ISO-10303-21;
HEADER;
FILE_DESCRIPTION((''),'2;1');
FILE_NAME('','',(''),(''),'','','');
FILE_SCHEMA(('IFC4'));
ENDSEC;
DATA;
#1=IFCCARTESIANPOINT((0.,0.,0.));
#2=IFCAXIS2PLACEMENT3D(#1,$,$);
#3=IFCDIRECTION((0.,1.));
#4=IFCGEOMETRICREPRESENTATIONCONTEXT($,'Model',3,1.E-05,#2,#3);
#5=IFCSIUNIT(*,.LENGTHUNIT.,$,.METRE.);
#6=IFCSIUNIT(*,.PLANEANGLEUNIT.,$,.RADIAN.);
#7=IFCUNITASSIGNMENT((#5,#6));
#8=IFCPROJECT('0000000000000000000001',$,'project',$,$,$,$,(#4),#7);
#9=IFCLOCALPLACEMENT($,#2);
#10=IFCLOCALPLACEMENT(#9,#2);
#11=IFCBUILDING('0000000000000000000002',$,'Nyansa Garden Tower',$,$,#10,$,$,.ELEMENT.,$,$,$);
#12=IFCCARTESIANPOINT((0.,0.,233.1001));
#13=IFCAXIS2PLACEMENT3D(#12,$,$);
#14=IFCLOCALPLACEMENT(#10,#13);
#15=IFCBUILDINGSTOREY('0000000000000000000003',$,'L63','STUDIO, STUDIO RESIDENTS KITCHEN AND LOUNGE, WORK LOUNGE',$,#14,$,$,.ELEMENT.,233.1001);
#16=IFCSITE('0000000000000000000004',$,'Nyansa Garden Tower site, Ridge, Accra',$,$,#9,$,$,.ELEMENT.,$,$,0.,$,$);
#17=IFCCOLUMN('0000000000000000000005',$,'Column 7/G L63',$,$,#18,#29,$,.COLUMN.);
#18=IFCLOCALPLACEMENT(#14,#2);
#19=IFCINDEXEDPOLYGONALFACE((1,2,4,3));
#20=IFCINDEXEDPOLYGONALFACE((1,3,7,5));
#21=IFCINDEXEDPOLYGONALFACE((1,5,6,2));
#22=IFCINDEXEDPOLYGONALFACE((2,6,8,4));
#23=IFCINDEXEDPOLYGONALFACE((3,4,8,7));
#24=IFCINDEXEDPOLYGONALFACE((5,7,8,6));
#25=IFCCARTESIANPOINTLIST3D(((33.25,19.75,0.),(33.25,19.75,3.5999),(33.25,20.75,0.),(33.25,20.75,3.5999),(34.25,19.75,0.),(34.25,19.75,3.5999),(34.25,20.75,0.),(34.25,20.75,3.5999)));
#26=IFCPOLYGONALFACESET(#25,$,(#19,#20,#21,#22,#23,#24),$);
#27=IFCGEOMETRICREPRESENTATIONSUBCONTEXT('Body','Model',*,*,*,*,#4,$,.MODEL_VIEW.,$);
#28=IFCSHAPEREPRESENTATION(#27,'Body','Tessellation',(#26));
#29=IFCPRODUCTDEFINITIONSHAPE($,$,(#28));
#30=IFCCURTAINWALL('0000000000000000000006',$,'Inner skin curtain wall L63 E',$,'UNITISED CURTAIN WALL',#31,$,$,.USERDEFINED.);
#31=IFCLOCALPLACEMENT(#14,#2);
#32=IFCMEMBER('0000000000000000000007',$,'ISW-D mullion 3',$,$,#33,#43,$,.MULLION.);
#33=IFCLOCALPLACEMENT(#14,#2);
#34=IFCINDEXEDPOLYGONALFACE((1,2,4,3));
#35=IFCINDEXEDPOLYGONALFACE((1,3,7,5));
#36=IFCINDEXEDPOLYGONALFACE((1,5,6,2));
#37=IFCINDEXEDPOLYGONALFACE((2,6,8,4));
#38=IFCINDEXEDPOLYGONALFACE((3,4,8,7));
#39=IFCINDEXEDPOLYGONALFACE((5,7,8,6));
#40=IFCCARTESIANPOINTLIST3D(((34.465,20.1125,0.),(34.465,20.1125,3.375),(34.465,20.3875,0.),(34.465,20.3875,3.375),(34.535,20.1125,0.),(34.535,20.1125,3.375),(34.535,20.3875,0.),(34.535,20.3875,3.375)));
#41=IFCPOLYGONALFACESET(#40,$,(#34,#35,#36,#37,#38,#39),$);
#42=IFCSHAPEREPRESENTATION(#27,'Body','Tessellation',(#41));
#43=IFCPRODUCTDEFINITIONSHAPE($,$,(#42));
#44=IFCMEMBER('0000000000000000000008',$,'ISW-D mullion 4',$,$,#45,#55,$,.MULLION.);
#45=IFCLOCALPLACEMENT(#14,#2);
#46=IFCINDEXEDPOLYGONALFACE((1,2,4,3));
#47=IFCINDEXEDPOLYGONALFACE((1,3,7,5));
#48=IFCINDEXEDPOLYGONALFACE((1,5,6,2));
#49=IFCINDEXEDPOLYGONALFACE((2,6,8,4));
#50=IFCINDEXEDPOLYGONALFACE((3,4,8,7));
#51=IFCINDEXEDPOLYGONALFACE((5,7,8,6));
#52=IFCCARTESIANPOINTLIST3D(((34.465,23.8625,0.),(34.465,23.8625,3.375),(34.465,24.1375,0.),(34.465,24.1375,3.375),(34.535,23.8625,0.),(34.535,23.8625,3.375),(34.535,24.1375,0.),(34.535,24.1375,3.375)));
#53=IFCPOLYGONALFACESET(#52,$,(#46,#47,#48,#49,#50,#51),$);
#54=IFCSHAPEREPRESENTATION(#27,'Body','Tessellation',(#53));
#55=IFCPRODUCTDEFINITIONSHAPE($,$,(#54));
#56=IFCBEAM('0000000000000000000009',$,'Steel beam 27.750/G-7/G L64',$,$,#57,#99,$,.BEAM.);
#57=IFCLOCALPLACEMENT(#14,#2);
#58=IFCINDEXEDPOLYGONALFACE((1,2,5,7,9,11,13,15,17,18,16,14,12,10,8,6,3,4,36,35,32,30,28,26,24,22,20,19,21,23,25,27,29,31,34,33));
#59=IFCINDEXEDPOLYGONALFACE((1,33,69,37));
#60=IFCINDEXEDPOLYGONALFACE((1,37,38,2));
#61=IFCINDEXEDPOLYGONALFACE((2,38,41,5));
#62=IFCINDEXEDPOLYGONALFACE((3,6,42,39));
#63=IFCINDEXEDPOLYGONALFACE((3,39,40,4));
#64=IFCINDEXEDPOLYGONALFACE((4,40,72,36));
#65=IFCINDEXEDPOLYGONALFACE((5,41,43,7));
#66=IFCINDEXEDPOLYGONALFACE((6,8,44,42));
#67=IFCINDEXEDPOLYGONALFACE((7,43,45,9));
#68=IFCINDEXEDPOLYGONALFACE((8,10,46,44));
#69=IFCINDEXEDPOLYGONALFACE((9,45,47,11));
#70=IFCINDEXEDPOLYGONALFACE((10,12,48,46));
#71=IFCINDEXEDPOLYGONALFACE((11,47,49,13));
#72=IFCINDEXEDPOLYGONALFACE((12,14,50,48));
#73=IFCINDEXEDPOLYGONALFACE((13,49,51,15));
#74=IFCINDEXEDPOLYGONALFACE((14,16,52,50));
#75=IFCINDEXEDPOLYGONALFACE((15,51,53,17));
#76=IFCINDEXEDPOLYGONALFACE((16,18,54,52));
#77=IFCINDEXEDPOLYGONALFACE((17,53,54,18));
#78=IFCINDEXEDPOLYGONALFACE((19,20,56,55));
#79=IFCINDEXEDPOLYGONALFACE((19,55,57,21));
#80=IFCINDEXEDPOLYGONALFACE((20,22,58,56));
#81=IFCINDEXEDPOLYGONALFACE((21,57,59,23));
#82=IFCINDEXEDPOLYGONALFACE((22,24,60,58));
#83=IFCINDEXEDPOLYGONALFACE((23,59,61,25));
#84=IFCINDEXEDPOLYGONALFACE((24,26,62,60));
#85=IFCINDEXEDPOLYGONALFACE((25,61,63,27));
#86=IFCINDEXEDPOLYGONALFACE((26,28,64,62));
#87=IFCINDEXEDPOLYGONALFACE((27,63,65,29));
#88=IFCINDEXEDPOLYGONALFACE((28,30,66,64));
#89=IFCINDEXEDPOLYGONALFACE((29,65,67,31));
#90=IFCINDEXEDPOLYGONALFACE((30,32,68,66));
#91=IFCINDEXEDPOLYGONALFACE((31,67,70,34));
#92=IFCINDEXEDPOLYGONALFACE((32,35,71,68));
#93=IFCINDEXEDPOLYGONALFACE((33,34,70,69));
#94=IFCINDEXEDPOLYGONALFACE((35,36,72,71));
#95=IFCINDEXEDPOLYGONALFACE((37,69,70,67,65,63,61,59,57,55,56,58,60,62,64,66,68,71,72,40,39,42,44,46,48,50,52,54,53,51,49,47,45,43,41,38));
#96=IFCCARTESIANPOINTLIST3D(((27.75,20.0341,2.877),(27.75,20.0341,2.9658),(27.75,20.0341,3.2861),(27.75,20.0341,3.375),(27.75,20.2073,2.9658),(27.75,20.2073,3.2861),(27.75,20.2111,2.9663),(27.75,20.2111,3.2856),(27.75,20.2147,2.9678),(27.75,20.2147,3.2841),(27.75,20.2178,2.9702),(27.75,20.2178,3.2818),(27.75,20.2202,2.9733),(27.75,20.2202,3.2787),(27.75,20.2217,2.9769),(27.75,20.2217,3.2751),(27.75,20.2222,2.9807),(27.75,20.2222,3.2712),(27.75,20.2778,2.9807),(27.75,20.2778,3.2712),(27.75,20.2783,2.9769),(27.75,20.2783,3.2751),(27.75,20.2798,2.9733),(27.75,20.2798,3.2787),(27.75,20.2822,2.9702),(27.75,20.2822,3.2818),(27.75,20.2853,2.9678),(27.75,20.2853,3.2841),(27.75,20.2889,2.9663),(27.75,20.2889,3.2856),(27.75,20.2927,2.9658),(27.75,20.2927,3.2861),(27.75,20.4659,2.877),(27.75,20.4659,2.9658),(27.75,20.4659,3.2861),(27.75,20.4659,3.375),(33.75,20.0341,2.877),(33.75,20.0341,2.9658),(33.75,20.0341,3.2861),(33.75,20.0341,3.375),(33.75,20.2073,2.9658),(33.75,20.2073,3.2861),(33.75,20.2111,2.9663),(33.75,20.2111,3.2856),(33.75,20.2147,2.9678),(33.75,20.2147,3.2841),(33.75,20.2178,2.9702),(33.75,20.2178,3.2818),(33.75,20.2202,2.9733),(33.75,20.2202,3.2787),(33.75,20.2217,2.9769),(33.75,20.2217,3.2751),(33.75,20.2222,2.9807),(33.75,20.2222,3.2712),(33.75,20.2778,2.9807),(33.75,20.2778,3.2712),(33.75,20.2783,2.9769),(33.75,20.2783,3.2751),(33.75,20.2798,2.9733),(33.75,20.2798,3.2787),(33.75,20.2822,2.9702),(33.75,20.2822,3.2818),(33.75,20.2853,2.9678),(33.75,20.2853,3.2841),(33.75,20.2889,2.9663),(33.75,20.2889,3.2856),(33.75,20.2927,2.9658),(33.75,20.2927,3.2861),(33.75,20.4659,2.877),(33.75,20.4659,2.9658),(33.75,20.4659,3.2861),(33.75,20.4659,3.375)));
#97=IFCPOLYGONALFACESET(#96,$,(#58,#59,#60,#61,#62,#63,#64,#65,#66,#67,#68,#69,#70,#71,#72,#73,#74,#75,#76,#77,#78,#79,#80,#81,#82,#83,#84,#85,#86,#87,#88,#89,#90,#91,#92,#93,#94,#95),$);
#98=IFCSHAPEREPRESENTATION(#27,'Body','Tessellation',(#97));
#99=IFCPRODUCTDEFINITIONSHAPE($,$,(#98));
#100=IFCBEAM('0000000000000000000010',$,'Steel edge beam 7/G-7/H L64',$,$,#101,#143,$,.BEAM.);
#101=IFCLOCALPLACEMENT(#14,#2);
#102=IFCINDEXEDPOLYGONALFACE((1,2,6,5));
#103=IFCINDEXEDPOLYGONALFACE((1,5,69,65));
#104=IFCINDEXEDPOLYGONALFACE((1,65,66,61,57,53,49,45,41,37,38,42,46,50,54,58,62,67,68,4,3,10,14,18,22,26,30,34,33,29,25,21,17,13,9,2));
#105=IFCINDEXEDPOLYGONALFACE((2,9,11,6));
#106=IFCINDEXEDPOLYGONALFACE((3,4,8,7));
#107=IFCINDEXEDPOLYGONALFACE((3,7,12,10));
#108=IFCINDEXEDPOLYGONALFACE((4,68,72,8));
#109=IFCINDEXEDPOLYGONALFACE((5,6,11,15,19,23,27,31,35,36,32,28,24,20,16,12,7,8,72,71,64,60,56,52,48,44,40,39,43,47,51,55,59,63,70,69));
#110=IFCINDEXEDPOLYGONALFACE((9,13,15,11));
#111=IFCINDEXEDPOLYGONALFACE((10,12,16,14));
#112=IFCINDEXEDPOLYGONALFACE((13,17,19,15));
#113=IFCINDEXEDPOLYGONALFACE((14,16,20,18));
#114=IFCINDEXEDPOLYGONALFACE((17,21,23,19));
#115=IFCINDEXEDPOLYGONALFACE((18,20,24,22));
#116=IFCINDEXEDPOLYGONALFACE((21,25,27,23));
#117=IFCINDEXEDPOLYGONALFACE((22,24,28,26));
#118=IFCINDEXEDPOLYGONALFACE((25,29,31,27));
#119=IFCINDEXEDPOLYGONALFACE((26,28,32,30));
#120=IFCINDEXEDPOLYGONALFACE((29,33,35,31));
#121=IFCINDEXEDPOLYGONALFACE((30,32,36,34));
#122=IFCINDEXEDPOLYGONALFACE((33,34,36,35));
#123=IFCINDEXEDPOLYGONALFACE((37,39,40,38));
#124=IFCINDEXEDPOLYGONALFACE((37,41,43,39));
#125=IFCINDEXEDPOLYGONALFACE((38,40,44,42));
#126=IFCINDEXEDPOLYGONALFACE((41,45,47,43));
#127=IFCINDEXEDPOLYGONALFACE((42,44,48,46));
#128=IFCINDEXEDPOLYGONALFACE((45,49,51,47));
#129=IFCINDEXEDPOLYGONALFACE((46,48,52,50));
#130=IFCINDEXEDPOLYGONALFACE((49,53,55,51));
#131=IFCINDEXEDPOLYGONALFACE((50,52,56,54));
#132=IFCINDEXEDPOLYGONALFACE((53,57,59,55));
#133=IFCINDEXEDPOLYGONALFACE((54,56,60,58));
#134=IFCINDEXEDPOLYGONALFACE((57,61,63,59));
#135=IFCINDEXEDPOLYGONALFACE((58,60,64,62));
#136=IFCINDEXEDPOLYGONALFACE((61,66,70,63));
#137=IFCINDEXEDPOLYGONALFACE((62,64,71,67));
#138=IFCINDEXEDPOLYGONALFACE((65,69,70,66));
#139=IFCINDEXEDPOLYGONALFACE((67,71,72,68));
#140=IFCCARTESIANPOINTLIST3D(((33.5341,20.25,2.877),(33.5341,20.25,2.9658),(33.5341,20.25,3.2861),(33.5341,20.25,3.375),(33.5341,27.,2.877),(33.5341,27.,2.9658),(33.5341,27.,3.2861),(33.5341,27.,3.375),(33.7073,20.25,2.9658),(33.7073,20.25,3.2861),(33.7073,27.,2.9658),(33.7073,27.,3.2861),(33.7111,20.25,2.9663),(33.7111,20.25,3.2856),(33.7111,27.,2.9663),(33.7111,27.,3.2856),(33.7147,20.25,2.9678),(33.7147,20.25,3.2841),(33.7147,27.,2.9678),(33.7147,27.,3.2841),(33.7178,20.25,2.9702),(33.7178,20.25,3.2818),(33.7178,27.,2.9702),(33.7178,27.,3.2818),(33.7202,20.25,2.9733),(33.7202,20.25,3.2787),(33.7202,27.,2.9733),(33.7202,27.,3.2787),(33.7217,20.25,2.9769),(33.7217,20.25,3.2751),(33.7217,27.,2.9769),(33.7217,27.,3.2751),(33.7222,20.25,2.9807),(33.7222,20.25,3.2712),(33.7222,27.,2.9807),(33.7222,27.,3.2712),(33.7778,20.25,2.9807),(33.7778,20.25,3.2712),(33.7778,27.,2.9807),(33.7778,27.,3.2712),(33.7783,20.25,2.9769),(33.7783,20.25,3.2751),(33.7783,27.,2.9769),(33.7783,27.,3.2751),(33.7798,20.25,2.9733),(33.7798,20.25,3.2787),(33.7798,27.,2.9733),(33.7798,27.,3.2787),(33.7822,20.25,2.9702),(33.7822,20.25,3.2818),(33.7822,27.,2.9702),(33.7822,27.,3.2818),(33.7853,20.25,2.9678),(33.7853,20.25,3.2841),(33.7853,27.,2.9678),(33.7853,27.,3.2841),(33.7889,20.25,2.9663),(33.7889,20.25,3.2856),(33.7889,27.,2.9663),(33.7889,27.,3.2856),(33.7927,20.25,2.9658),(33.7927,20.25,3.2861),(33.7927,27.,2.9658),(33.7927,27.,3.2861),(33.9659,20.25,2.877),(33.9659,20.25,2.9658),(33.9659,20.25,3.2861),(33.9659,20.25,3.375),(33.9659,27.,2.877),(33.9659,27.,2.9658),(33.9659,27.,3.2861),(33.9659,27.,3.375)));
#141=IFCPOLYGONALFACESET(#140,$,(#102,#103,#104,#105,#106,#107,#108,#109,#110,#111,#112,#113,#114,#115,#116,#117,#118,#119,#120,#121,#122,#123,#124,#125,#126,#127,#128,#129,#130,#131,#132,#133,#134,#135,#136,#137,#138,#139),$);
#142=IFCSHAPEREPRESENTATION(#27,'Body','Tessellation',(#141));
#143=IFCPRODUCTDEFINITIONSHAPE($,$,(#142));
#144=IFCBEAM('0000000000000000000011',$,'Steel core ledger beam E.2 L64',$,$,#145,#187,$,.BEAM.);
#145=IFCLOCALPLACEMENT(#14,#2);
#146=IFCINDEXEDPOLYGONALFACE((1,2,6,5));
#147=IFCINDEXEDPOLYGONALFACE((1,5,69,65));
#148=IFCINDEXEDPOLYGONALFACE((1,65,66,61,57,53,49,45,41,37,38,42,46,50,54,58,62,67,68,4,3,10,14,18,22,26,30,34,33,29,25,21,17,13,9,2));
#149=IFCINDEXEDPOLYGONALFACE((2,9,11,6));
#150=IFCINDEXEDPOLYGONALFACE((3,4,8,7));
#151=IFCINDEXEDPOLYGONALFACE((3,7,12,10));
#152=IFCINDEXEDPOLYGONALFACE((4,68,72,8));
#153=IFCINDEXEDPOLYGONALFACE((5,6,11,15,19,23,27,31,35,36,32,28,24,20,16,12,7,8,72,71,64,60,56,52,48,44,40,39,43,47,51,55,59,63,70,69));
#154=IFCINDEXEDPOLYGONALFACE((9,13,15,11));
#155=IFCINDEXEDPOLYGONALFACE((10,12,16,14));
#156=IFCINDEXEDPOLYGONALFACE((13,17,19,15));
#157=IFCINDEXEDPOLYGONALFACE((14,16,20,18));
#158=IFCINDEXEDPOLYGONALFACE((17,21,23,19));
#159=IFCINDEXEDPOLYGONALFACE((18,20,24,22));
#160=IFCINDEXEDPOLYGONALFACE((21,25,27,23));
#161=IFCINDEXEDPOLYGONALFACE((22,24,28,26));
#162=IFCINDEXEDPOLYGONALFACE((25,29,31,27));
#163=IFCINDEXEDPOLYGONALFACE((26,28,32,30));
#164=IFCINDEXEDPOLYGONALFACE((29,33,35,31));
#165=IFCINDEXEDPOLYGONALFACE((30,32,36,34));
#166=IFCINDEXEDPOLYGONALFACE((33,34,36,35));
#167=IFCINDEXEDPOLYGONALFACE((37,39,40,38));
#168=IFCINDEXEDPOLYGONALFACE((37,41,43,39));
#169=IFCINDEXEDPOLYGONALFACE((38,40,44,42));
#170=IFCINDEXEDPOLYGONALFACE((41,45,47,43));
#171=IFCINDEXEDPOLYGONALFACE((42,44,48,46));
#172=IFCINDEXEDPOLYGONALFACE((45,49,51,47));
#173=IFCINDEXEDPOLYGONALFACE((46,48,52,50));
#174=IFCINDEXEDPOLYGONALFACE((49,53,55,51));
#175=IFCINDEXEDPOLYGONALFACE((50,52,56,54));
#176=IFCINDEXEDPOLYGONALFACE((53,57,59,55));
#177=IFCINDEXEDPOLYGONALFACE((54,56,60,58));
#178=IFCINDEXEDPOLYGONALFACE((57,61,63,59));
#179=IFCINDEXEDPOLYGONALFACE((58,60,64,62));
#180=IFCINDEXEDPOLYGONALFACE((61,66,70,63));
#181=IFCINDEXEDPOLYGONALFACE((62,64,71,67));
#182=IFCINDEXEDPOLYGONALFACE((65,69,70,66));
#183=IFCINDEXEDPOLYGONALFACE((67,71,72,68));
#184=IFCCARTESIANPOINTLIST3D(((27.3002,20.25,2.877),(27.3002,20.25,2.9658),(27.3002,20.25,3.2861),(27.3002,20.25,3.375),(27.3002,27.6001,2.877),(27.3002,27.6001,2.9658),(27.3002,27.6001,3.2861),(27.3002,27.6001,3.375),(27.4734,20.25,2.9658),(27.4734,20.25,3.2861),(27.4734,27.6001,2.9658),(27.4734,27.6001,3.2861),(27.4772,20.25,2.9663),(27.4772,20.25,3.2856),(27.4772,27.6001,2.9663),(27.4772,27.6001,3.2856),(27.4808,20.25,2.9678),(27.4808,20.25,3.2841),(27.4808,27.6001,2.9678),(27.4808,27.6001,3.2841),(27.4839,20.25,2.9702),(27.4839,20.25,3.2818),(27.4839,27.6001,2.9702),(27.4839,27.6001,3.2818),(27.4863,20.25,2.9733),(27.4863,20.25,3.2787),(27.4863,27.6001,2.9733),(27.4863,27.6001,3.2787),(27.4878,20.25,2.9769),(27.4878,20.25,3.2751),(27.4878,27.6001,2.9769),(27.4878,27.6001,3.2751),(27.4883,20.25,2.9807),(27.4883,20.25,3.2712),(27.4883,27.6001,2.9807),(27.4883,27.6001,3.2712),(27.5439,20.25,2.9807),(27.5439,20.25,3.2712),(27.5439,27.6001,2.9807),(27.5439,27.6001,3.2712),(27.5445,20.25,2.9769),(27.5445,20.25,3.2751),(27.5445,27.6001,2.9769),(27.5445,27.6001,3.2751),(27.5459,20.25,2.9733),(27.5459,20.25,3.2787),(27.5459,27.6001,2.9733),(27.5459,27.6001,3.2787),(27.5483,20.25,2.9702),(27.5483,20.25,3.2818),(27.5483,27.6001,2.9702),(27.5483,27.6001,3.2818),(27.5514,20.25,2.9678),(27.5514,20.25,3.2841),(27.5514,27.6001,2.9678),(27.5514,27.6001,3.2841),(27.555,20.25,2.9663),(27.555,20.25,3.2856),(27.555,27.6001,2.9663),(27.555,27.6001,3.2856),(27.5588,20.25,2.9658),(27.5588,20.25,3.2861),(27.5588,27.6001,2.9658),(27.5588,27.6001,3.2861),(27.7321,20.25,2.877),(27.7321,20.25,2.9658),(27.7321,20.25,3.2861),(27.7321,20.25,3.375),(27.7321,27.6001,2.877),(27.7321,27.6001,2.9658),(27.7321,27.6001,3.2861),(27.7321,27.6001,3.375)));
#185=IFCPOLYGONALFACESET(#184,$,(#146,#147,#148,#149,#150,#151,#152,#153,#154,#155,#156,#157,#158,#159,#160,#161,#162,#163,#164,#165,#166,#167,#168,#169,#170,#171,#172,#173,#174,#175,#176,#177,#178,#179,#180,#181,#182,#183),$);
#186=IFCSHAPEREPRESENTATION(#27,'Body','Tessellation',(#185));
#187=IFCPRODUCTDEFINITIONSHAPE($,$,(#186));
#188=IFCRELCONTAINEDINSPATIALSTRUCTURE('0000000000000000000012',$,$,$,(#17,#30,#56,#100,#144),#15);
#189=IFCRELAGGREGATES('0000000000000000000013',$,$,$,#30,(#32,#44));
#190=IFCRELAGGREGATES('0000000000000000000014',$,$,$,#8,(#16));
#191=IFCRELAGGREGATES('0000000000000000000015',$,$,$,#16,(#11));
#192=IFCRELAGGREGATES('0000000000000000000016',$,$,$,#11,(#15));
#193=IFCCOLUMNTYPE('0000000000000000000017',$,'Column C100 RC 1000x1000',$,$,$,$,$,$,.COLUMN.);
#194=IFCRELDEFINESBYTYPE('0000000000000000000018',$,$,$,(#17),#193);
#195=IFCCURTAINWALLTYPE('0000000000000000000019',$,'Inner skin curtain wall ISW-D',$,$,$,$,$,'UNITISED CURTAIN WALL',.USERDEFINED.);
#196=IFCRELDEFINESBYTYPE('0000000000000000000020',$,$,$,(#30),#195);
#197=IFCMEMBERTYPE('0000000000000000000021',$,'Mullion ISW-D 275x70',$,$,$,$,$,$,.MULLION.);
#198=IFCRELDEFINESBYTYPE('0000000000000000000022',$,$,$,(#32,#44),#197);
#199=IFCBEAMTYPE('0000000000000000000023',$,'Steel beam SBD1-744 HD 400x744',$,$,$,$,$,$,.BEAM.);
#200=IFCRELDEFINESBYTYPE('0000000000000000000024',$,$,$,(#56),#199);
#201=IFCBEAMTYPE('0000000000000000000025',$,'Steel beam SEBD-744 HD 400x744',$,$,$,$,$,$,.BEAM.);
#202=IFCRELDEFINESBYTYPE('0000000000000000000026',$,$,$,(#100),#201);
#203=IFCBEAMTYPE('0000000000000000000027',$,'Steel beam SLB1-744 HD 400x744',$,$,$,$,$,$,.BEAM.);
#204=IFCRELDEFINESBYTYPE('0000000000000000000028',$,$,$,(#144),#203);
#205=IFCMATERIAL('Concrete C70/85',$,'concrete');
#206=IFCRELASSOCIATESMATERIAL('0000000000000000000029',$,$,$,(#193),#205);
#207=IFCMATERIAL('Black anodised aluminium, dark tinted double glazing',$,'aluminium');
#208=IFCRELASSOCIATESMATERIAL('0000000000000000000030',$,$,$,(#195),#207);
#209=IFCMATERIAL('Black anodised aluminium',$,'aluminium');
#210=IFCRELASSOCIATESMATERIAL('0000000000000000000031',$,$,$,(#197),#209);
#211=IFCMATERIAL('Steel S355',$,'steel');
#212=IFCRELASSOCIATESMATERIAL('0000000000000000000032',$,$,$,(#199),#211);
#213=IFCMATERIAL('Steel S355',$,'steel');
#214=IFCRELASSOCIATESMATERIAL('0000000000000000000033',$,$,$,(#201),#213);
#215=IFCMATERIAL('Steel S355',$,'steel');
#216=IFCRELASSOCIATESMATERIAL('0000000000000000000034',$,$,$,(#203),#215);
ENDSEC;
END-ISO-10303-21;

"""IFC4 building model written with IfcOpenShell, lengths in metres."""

from ifc_helpers import new_model, si_unit, direction, frame, origin, origin_2d, place, context, subcontext, project, spatial, rectangle, i_section, extrude, material, material_profile, profile_set, type_object, element, aggregate, save


model = new_model("IFC4")

# Units and contexts
model_context = context("Model", 3, precision=1e-05, world=origin(), true_north=direction((0.0, 1.0)))
body_context = subcontext(model_context, "Body", "Model", "MODEL_VIEW")
ifc_project = project(units=[si_unit("LENGTHUNIT", "METRE"), si_unit("PLANEANGLEUNIT", "RADIAN")], contexts=[model_context])

# Site, building, storey
site_placement = place(None, origin())
site = spatial("IfcSite", under=ifc_project, at=site_placement, Name="Nyansa Garden Tower site, Ridge, Accra", CompositionType="ELEMENT", RefElevation=0.0)
building_placement = place(site_placement, origin())
building = spatial("IfcBuilding", under=site, at=building_placement, Name="Nyansa Garden Tower", CompositionType="ELEMENT")
storey_placement = place(building_placement, frame((0.0, 0.0, 233.1001)))
storey = spatial("IfcBuildingStorey", under=building, at=storey_placement, Name="L63", Description="STUDIO, STUDIO RESIDENTS KITCHEN AND LOUNGE, WORK LOUNGE", CompositionType="ELEMENT", Elevation=233.1001)

# Column
ifc_material_1 = material(Name="Concrete C70/85", Category="concrete")
ifc_material_profile_1 = material_profile(ifc_material_1, rectangle(XDim=1.0, YDim=1.0, at=origin_2d()), Name="RC 1000x1000")
ifc_profile_set_1 = profile_set([ifc_material_profile_1], Name="Concrete C70/85")
column_type = type_object("IfcColumnType", Name="Column C100 RC 1000x1000", PredefinedType="COLUMN", material=ifc_profile_set_1)
column_placement = place(storey_placement, frame((33.75, 20.25, 0.0), z_axis=(0.0, 0.0, 1.0), x_axis=(1.0, 0.0, 0.0)))
element("IfcColumn", 1, at=column_placement, inside=storey, type_object=column_type, Name="Column 7/G L63", PredefinedType="COLUMN", context=body_context, shape_type="SweptSolid", body=[
    extrude(rectangle(XDim=1.0, YDim=1.0, at=origin_2d()), origin(), (0.0, 0.0, 1.0), 3.5999),
])

# Curtain wall, members
ifc_material_2 = material(Name="Black anodised aluminium, dark tinted double glazing", Category="aluminium")
curtain_wall_type = type_object("IfcCurtainWallType", Name="Inner skin curtain wall ISW-D", ElementType="UNITISED CURTAIN WALL", PredefinedType="USERDEFINED", material=ifc_material_2)
curtain_wall_placement = place(storey_placement, origin())
curtain_wall = element("IfcCurtainWall", 2, at=curtain_wall_placement, inside=storey, type_object=curtain_wall_type, Name="Inner skin curtain wall L63 E", ObjectType="UNITISED CURTAIN WALL", PredefinedType="USERDEFINED")
ifc_material_3 = material(Name="Black anodised aluminium", Category="aluminium")
ifc_material_profile_2 = material_profile(ifc_material_3, rectangle(XDim=0.0701, YDim=0.2749, at=origin_2d()), Name="Mullion 275x70")
ifc_profile_set_2 = profile_set([ifc_material_profile_2], Name="Black anodised aluminium")
member_type_1 = type_object("IfcMemberType", Name="Mullion ISW-D 275x70", PredefinedType="MULLION", material=ifc_profile_set_2)
member_1_placement = place(storey_placement, frame((34.5, 20.25, 0.0), z_axis=(0.0, 0.0, 1.0), x_axis=(-1.0, 0.0, 0.0)))
member_1 = element("IfcMember", 3, at=member_1_placement, type_object=member_type_1, Name="ISW-D mullion 3", PredefinedType="MULLION", context=body_context, shape_type="SweptSolid", body=[
    extrude(rectangle(XDim=0.0701, YDim=0.2749, at=origin_2d()), origin(), (0.0, 0.0, 1.0), 3.375),
])
member_2_placement = place(storey_placement, frame((34.5, 24.0, 0.0), z_axis=(0.0, 0.0, 1.0), x_axis=(-1.0, 0.0, 0.0)))
member_2 = element("IfcMember", 4, at=member_2_placement, type_object=member_type_1, Name="ISW-D mullion 4", PredefinedType="MULLION", context=body_context, shape_type="SweptSolid", body=[
    extrude(rectangle(XDim=0.0701, YDim=0.2749, at=origin_2d()), origin(), (0.0, 0.0, 1.0), 3.375),
])

# Beams
ifc_material_4 = material(Name="Steel S355", Category="steel")
ifc_material_profile_3 = material_profile(ifc_material_4, i_section(OverallWidth=0.4319, OverallDepth=0.498, WebThickness=0.0557, FlangeThickness=0.0889, FilletRadius=0.0149, at=origin_2d()), Name="HD 400x744")
ifc_profile_set_3 = profile_set([ifc_material_profile_3], Name="Steel S355")
beam_type_1 = type_object("IfcBeamType", Name="Steel beam SBD1-744 HD 400x744", PredefinedType="BEAM", material=ifc_profile_set_3)
beam_1_placement = place(storey_placement, frame((27.75, 20.25, 3.126), z_axis=(1.0, 0.0, 0.0), x_axis=(0.0, 1.0, 0.0)))
element("IfcBeam", 5, at=beam_1_placement, inside=storey, type_object=beam_type_1, Name="Steel beam 27.750/G-7/G L64", PredefinedType="BEAM", context=body_context, shape_type="SweptSolid", body=[
    extrude(i_section(OverallWidth=0.4319, OverallDepth=0.498, WebThickness=0.0557, FlangeThickness=0.0889, FilletRadius=0.0149, at=origin_2d()), origin(), (0.0, 0.0, 1.0), 6.0),
])
ifc_material_5 = material(Name="Steel S355", Category="steel")
ifc_material_profile_4 = material_profile(ifc_material_5, i_section(OverallWidth=0.4319, OverallDepth=0.498, WebThickness=0.0557, FlangeThickness=0.0889, FilletRadius=0.0149, at=origin_2d()), Name="HD 400x744")
ifc_profile_set_4 = profile_set([ifc_material_profile_4], Name="Steel S355")
beam_type_2 = type_object("IfcBeamType", Name="Steel beam SEBD-744 HD 400x744", PredefinedType="BEAM", material=ifc_profile_set_4)
beam_2_placement = place(storey_placement, frame((33.75, 20.25, 3.126), z_axis=(0.0, 1.0, 0.0), x_axis=(-1.0, 0.0, 0.0)))
element("IfcBeam", 6, at=beam_2_placement, inside=storey, type_object=beam_type_2, Name="Steel edge beam 7/G-7/H L64", PredefinedType="BEAM", context=body_context, shape_type="SweptSolid", body=[
    extrude(i_section(OverallWidth=0.4319, OverallDepth=0.498, WebThickness=0.0557, FlangeThickness=0.0889, FilletRadius=0.0149, at=origin_2d()), origin(), (0.0, 0.0, 1.0), 6.75),
])
ifc_material_6 = material(Name="Steel S355", Category="steel")
ifc_material_profile_5 = material_profile(ifc_material_6, i_section(OverallWidth=0.4319, OverallDepth=0.498, WebThickness=0.0557, FlangeThickness=0.0889, FilletRadius=0.0149, at=origin_2d()), Name="HD 400x744")
ifc_profile_set_5 = profile_set([ifc_material_profile_5], Name="Steel S355")
beam_type_3 = type_object("IfcBeamType", Name="Steel beam SLB1-744 HD 400x744", PredefinedType="BEAM", material=ifc_profile_set_5)
beam_3_placement = place(storey_placement, frame((27.5161, 20.25, 3.126), z_axis=(0.0, 1.0, 0.0), x_axis=(-1.0, 0.0, 0.0)))
element("IfcBeam", 7, at=beam_3_placement, inside=storey, type_object=beam_type_3, Name="Steel core ledger beam E.2 L64", PredefinedType="BEAM", context=body_context, shape_type="SweptSolid", body=[
    extrude(i_section(OverallWidth=0.4319, OverallDepth=0.498, WebThickness=0.0557, FlangeThickness=0.0889, FilletRadius=0.0149, at=origin_2d()), origin(), (0.0, 0.0, 1.0), 7.3501),
])

aggregate(curtain_wall, [member_1, member_2])

save(model, "model.ifc")
